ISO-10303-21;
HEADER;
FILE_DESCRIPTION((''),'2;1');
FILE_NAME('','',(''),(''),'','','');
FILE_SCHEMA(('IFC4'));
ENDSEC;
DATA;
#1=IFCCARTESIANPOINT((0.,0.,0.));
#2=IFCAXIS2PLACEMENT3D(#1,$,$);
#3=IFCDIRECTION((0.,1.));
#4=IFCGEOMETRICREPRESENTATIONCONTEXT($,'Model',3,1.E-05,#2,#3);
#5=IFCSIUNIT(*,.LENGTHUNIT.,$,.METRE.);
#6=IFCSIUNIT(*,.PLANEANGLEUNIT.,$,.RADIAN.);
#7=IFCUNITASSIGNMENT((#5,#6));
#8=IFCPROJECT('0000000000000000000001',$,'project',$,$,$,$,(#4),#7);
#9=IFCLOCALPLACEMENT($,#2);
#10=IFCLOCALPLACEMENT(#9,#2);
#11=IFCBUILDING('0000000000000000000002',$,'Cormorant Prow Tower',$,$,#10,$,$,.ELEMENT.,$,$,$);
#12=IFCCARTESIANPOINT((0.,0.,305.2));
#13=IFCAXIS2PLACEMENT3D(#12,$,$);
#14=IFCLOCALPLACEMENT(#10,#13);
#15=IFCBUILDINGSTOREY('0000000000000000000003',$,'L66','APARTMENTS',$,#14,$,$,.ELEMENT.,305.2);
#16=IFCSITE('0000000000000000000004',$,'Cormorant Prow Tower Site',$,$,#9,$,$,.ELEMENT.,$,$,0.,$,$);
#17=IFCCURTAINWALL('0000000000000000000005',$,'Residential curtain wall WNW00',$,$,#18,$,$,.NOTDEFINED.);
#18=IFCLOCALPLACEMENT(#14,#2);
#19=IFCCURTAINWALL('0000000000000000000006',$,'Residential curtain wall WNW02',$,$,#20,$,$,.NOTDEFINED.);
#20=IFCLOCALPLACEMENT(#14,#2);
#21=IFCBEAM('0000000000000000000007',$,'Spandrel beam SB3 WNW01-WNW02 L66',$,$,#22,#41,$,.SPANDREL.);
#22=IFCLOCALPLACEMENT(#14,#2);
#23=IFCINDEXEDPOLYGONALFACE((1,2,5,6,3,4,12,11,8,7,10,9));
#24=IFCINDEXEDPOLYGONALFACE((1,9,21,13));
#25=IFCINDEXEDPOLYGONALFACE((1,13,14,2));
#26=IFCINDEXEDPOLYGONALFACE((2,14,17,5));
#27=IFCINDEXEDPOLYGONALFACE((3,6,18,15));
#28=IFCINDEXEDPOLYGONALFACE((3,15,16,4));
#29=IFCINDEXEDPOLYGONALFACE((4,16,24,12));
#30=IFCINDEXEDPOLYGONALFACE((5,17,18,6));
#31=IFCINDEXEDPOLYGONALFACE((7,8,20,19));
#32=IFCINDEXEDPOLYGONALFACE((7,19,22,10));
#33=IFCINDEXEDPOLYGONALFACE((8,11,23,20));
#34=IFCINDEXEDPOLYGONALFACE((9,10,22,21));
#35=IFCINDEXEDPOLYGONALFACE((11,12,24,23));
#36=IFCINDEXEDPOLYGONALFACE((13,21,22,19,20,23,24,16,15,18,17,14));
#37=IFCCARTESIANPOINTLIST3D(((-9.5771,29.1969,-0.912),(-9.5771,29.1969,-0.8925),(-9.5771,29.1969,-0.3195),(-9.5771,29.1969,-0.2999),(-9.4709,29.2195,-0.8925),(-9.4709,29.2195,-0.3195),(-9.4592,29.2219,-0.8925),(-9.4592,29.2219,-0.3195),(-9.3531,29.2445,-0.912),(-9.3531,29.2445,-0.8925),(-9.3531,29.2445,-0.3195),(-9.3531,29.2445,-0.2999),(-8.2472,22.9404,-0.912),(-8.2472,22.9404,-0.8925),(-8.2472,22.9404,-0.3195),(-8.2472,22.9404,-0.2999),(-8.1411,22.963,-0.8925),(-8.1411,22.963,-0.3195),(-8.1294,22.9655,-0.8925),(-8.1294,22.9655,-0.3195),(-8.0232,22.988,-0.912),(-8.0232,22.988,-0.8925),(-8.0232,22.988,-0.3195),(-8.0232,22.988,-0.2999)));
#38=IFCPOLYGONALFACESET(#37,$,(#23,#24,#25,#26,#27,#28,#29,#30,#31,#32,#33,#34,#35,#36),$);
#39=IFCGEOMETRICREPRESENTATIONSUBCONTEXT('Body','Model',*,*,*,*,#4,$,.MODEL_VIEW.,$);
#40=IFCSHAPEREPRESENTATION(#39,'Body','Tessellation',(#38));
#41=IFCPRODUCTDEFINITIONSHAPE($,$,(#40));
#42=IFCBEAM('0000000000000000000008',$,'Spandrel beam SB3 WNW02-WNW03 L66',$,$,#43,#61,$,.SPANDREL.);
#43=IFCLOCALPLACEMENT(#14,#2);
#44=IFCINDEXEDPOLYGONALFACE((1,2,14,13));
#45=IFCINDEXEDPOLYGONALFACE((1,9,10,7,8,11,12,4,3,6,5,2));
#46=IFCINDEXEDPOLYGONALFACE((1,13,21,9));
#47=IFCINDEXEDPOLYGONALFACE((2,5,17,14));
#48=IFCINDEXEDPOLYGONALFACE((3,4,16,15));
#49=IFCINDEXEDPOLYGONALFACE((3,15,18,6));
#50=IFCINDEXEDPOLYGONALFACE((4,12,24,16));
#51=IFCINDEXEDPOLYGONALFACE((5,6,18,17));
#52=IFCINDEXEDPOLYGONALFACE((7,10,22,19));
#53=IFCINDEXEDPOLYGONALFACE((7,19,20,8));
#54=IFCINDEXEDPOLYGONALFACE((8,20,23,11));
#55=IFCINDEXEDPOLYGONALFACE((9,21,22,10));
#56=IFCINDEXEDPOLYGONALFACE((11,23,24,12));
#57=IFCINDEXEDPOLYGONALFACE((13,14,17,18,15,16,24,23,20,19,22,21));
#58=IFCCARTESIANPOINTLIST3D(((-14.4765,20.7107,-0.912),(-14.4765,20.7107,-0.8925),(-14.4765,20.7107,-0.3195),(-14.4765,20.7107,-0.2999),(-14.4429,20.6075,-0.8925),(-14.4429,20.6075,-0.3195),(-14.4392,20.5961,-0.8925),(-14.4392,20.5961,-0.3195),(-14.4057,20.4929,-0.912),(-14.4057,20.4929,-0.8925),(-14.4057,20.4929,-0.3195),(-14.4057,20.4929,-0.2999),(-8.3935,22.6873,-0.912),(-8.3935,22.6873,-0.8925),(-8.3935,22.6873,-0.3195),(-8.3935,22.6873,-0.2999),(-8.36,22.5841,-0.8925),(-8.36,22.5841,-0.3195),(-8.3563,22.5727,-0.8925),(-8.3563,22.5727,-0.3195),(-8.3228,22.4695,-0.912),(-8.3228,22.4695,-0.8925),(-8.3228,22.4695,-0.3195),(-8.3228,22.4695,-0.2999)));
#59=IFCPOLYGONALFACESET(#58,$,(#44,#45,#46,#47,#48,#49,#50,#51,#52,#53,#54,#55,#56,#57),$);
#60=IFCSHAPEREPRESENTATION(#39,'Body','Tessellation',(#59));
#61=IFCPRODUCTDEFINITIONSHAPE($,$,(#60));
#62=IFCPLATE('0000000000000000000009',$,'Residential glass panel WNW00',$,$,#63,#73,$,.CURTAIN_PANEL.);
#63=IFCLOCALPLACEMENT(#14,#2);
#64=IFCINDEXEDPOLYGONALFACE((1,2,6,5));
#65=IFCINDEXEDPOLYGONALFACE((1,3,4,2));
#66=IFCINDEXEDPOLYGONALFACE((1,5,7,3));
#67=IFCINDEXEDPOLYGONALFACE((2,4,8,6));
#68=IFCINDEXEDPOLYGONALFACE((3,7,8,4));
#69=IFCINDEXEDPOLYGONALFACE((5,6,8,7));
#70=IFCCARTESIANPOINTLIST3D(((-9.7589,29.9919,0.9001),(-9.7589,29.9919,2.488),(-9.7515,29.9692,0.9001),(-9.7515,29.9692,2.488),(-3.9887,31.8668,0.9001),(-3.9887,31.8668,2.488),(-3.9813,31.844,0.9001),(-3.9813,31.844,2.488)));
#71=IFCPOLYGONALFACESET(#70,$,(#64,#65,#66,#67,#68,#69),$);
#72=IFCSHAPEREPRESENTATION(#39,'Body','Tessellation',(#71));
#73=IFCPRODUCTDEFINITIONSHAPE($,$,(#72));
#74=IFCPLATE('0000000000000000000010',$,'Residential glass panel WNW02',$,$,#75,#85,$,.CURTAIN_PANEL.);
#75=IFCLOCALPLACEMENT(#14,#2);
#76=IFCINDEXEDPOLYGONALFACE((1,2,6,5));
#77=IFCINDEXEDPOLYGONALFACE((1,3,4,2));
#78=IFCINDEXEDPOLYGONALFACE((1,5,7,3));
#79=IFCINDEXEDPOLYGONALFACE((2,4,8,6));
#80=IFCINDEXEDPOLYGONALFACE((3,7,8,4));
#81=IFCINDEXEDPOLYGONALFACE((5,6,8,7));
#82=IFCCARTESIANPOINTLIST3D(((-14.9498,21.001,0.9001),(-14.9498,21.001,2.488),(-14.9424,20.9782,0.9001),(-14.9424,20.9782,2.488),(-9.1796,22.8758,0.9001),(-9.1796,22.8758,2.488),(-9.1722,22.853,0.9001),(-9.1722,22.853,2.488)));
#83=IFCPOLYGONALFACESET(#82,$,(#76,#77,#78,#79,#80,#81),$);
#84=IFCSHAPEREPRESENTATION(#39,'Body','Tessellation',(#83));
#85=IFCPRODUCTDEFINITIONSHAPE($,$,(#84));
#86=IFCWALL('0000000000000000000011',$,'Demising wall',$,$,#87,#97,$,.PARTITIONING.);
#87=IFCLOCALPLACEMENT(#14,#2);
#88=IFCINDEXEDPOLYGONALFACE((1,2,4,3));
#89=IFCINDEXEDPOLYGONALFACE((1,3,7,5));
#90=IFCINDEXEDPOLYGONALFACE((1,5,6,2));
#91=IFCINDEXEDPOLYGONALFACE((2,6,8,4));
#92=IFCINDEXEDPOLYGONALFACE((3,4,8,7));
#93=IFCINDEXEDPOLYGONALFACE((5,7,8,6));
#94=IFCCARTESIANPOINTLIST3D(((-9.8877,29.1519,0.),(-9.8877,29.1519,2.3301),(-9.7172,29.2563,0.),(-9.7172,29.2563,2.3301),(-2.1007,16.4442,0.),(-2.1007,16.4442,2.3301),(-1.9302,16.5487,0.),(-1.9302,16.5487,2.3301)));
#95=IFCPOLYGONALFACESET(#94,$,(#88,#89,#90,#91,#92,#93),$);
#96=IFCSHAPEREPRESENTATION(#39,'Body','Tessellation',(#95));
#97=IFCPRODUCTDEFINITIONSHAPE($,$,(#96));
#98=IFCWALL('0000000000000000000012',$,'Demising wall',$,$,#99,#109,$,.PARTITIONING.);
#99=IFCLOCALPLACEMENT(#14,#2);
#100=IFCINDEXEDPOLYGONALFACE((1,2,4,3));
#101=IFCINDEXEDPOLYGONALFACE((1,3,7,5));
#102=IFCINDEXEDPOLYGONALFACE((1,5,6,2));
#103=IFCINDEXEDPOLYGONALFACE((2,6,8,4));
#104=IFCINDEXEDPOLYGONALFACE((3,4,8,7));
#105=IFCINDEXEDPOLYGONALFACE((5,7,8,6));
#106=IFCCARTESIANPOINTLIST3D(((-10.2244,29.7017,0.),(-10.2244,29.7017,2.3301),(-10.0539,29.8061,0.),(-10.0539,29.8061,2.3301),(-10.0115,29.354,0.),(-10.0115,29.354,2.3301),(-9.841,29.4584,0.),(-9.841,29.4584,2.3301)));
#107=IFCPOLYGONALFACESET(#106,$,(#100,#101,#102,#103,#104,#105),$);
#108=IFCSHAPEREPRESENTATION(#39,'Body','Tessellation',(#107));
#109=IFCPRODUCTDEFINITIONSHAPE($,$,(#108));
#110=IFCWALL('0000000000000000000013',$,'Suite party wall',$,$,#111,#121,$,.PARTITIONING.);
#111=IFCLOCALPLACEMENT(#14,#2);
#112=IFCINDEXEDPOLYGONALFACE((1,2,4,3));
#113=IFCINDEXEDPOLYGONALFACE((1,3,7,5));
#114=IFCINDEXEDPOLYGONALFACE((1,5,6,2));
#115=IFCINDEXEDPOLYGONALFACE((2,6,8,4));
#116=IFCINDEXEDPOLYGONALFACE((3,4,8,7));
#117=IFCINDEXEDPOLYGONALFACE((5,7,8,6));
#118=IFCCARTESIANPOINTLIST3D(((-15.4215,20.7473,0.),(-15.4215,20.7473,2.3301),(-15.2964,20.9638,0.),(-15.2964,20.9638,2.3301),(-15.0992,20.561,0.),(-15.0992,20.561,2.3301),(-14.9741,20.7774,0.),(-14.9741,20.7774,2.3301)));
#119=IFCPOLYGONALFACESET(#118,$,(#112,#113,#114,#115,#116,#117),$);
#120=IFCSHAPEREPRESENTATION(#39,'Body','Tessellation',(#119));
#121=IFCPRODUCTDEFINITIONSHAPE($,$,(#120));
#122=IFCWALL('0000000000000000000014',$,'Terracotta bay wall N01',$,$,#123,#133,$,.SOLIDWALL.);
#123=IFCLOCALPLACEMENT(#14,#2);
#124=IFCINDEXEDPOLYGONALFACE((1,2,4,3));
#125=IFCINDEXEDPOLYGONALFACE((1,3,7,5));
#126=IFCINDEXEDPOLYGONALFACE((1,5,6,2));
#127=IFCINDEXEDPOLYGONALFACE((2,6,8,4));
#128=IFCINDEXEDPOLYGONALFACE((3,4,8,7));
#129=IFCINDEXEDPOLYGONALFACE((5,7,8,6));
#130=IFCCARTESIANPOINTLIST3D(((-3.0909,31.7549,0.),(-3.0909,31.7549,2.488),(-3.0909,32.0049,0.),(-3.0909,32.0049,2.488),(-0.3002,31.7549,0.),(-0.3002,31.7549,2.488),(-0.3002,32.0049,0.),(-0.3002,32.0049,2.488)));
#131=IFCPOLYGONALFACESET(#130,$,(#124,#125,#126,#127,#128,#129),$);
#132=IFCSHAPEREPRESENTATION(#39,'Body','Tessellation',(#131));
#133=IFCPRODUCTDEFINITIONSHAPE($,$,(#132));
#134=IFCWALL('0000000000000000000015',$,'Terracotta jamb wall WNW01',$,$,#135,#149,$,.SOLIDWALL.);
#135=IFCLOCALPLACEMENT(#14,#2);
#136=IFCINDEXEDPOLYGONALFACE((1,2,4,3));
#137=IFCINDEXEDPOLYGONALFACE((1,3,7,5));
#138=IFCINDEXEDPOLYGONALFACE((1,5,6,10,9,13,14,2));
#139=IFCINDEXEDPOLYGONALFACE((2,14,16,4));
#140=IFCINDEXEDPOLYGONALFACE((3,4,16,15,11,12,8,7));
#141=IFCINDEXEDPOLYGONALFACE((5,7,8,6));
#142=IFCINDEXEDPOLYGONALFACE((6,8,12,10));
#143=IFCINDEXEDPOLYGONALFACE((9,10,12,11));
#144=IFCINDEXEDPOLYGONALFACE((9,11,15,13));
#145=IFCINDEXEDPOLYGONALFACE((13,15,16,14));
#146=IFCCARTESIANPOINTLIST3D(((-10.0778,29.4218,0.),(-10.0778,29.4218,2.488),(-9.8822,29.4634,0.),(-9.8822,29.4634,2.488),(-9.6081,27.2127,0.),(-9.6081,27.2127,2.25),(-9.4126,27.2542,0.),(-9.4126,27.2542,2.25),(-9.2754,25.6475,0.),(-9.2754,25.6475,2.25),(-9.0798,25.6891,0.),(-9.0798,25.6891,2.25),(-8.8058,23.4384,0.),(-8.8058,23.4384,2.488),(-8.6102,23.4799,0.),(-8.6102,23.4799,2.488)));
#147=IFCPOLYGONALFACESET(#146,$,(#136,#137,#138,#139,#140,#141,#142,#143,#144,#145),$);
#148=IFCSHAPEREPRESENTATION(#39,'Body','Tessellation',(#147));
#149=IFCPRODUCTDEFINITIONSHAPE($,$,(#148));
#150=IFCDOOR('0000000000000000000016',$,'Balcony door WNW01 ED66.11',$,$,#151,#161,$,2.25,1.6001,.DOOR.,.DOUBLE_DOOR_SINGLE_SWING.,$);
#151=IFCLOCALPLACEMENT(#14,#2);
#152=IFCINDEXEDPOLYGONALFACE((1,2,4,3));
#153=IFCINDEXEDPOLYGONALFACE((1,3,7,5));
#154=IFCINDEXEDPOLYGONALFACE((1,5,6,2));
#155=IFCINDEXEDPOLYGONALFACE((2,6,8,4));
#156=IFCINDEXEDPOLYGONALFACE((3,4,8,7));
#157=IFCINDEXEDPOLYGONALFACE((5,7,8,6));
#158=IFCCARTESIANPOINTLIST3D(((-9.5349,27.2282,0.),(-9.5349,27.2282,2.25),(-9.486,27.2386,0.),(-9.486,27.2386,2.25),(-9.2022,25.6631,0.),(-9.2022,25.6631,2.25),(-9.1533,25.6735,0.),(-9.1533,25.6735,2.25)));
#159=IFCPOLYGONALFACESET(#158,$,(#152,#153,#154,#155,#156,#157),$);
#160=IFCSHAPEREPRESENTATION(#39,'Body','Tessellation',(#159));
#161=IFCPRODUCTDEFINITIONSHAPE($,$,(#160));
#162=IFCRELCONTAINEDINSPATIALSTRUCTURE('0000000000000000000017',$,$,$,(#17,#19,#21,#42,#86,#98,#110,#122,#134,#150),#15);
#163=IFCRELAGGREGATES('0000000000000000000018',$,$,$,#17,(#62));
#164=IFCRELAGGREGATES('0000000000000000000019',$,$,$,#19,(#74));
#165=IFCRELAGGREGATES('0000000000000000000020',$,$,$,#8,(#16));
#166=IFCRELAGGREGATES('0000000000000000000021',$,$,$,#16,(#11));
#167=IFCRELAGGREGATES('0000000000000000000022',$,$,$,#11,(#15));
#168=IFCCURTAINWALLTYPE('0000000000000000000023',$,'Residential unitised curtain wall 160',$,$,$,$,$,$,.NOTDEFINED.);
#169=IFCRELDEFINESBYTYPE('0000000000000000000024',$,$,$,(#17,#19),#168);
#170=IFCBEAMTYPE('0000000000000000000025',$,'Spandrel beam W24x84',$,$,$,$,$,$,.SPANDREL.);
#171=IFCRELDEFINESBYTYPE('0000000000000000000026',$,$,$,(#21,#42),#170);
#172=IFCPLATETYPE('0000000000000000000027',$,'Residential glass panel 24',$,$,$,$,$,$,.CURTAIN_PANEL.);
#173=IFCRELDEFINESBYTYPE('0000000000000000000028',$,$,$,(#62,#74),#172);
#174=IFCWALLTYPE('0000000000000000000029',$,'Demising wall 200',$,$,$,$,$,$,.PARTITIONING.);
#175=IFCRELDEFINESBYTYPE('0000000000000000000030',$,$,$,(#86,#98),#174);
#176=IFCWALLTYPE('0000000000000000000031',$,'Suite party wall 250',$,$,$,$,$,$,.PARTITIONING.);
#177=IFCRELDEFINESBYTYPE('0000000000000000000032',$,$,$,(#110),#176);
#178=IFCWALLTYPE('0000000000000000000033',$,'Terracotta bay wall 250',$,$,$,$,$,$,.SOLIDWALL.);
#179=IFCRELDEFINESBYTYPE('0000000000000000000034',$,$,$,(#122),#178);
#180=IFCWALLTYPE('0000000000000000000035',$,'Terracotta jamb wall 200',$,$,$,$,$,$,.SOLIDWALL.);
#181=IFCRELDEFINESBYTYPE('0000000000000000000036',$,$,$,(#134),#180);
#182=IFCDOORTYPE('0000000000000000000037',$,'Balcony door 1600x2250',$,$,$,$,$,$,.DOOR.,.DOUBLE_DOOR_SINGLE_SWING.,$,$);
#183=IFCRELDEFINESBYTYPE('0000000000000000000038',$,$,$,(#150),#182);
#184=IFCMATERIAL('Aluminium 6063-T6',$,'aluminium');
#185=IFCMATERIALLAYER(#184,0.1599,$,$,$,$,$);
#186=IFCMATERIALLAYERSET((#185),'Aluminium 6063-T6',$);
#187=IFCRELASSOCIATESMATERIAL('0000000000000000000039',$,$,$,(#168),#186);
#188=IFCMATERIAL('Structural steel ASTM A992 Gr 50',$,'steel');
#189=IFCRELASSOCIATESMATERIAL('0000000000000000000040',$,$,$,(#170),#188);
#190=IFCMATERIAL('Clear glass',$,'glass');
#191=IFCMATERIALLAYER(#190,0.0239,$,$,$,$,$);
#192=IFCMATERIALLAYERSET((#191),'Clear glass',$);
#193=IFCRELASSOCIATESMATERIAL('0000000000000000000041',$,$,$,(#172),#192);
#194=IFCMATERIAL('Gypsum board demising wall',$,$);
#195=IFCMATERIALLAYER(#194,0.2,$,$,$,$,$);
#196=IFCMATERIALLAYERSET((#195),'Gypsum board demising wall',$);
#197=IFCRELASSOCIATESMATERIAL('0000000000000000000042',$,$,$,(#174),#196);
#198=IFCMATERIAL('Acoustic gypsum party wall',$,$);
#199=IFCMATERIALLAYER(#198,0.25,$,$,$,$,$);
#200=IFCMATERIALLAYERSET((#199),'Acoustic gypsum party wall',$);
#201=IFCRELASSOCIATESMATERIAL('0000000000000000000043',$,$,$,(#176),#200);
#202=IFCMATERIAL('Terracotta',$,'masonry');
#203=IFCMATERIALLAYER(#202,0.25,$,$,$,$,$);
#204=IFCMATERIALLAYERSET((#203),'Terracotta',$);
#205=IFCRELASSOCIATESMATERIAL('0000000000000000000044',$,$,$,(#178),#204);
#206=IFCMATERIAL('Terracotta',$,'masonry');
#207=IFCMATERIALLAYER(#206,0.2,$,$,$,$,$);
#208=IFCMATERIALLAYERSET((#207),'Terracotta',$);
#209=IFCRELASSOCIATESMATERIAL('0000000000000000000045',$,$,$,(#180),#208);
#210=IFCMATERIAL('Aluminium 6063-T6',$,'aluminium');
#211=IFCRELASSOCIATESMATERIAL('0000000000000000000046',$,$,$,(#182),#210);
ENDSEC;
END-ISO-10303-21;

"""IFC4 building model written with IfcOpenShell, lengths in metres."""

from ifc_helpers import new_model, si_unit, direction, frame, frame_2d, origin, origin_2d, place, context, subcontext, project, spatial, rectangle, i_section, extrude, material, layer, layer_set, material_profile, profile_set, type_object, element, fill, aggregate, save


model = new_model("IFC4")

# Units and contexts
model_context = context("Model", 3, precision=1e-05, world=origin(), true_north=direction((0.0, 1.0)))
body_context = subcontext(model_context, "Body", "Model", "MODEL_VIEW")
ifc_project = project(units=[si_unit("LENGTHUNIT", "METRE"), si_unit("PLANEANGLEUNIT", "RADIAN")], contexts=[model_context])

# Site, building, storey
site_placement = place(None, origin())
site = spatial("IfcSite", under=ifc_project, at=site_placement, Name="Cormorant Prow Tower Site", CompositionType="ELEMENT", RefElevation=0.0)
building_placement = place(site_placement, origin())
building = spatial("IfcBuilding", under=site, at=building_placement, Name="Cormorant Prow Tower", CompositionType="ELEMENT")
storey_placement = place(building_placement, frame((0.0, 0.0, 305.2)))
storey = spatial("IfcBuildingStorey", under=building, at=storey_placement, Name="L66", Description="APARTMENTS", CompositionType="ELEMENT", Elevation=305.2)

# Curtain walls
ifc_material_1 = material(Name="Aluminium 6063-T6", Category="aluminium")
ifc_layer_1 = layer(ifc_material_1, 0.1599)
ifc_layer_set_1 = layer_set([ifc_layer_1], Name="Aluminium 6063-T6")
curtain_wall_type = type_object("IfcCurtainWallType", Name="Residential unitised curtain wall 160", PredefinedType="NOTDEFINED", material=ifc_layer_set_1)
curtain_wall_1_placement = place(storey_placement, origin())
curtain_wall_1 = element("IfcCurtainWall", 1, at=curtain_wall_1_placement, inside=storey, type_object=curtain_wall_type, Name="Residential curtain wall WNW00", PredefinedType="NOTDEFINED")
curtain_wall_2_placement = place(storey_placement, origin())
curtain_wall_2 = element("IfcCurtainWall", 2, at=curtain_wall_2_placement, inside=storey, type_object=curtain_wall_type, Name="Residential curtain wall WNW02", PredefinedType="NOTDEFINED")

# Beams
ifc_material_2 = material(Name="Structural steel ASTM A992 Gr 50", Category="steel")
ifc_material_profile_1 = material_profile(ifc_material_2, i_section(OverallWidth=0.229, OverallDepth=0.6121, WebThickness=0.012, FlangeThickness=0.0195, at=origin_2d()), Name="W24x84")
ifc_profile_set_1 = profile_set([ifc_material_profile_1], Name="Structural steel ASTM A992 Gr 50")
beam_type = type_object("IfcBeamType", Name="Spandrel beam W24x84", PredefinedType="SPANDREL", material=ifc_profile_set_1)
beam_1_placement = place(storey_placement, frame((-9.4651, 29.2207, -0.606), z_axis=(0.207913, -0.978147, 0.0), x_axis=(0.978147, 0.207913, 0.0)))
element("IfcBeam", 3, at=beam_1_placement, inside=storey, type_object=beam_type, Name="Spandrel beam SB3 WNW01-WNW02 L66", PredefinedType="SPANDREL", context=body_context, shape_type="SweptSolid", body=[
    extrude(i_section(OverallWidth=0.229, OverallDepth=0.6121, WebThickness=0.012, FlangeThickness=0.0195, at=origin_2d()), origin(), (0.0, 0.0, 1.0), 6.3962),
])
beam_2_placement = place(storey_placement, frame((-8.3582, 22.5784, -0.606), z_axis=(-0.951053, -0.309027, 0.0), x_axis=(0.309027, -0.951053, 0.0)))
element("IfcBeam", 4, at=beam_2_placement, inside=storey, type_object=beam_type, Name="Spandrel beam SB3 WNW02-WNW03 L66", PredefinedType="SPANDREL", context=body_context, shape_type="SweptSolid", body=[
    extrude(i_section(OverallWidth=0.229, OverallDepth=0.6121, WebThickness=0.012, FlangeThickness=0.0195, at=origin_2d()), origin(), (0.0, 0.0, 1.0), 6.396),
])

# Plates
ifc_material_3 = material(Name="Clear glass", Category="glass")
ifc_layer_2 = layer(ifc_material_3, 0.0239)
ifc_layer_set_2 = layer_set([ifc_layer_2], Name="Clear glass")
plate_type = type_object("IfcPlateType", Name="Residential glass panel 24", PredefinedType="CURTAIN_PANEL", material=ifc_layer_set_2)
plate_1_placement = place(storey_placement, frame((-6.8701, 30.918, 0.9001), z_axis=(0.0, 0.0, 1.0), x_axis=(-0.951057, -0.309017, 0.0)))
plate_1 = element("IfcPlate", 5, at=plate_1_placement, type_object=plate_type, Name="Residential glass panel WNW00", PredefinedType="CURTAIN_PANEL", context=body_context, shape_type="SweptSolid", body=[
    extrude(rectangle(XDim=6.0671, YDim=0.0239, at=origin_2d()), origin(), (0.0, 0.0, 1.0), 1.5879),
])
aggregate(curtain_wall_1, [plate_1])
plate_2_placement = place(storey_placement, frame((-12.061, 21.927, 0.9001), z_axis=(0.0, 0.0, 1.0), x_axis=(-0.951057, -0.309017, 0.0)))
plate_2 = element("IfcPlate", 6, at=plate_2_placement, type_object=plate_type, Name="Residential glass panel WNW02", PredefinedType="CURTAIN_PANEL", context=body_context, shape_type="SweptSolid", body=[
    extrude(rectangle(XDim=6.0671, YDim=0.0239, at=origin_2d()), origin(), (0.0, 0.0, 1.0), 1.5879),
])
aggregate(curtain_wall_2, [plate_2])

# Walls
ifc_material_4 = material(Name="Gypsum board demising wall")
ifc_layer_3 = layer(ifc_material_4, 0.2)
ifc_layer_set_3 = layer_set([ifc_layer_3], Name="Gypsum board demising wall")
wall_type_1 = type_object("IfcWallType", Name="Demising wall 200", PredefinedType="PARTITIONING", material=ifc_layer_set_3)
wall_1_placement = place(storey_placement, frame((-9.8025, 29.2041, 0.0), z_axis=(0.0, 0.0, 1.0), x_axis=(0.522488, -0.852647, 0.0)))
element("IfcWall", 7, at=wall_1_placement, inside=storey, type_object=wall_type_1, Name="Demising wall", PredefinedType="PARTITIONING", context=body_context, shape_type="SweptSolid", body=[
    extrude(rectangle(XDim=14.9038, YDim=0.2, at=frame_2d((7.4519, 0.0))), origin(), (0.0, 0.0, 1.0), 2.3301),
])
wall_2_placement = place(storey_placement, frame((-10.1392, 29.7539, 0.0), z_axis=(0.0, 0.0, 1.0), x_axis=(0.522225, -0.852808, 0.0)))
element("IfcWall", 8, at=wall_2_placement, inside=storey, type_object=wall_type_1, Name="Demising wall", PredefinedType="PARTITIONING", context=body_context, shape_type="SweptSolid", body=[
    extrude(rectangle(XDim=0.4077, YDim=0.2, at=frame_2d((0.2039, 0.0))), origin(), (0.0, 0.0, 1.0), 2.3301),
])
ifc_material_5 = material(Name="Acoustic gypsum party wall")
ifc_layer_4 = layer(ifc_material_5, 0.25)
ifc_layer_set_4 = layer_set([ifc_layer_4], Name="Acoustic gypsum party wall")
wall_type_2 = type_object("IfcWallType", Name="Suite party wall 250", PredefinedType="PARTITIONING", material=ifc_layer_set_4)
wall_3_placement = place(storey_placement, frame((-15.3589, 20.8555, 0.0), z_axis=(0.0, 0.0, 1.0), x_axis=(0.86577, -0.500441, 0.0)))
element("IfcWall", 9, at=wall_3_placement, inside=storey, type_object=wall_type_2, Name="Suite party wall", PredefinedType="PARTITIONING", context=body_context, shape_type="SweptSolid", body=[
    extrude(rectangle(XDim=0.3723, YDim=0.25, at=frame_2d((0.186, 0.0))), origin(), (0.0, 0.0, 1.0), 2.3301),
])
ifc_material_6 = material(Name="Terracotta", Category="masonry")
ifc_layer_5 = layer(ifc_material_6, 0.25)
ifc_layer_set_5 = layer_set([ifc_layer_5], Name="Terracotta")
wall_type_3 = type_object("IfcWallType", Name="Terracotta bay wall 250", PredefinedType="SOLIDWALL", material=ifc_layer_set_5)
wall_4_placement = place(storey_placement, frame((-0.3, 31.8799, 0.0), z_axis=(0.0, 0.0, 1.0), x_axis=(-1.0, 0.0, 0.0)))
element("IfcWall", 10, at=wall_4_placement, inside=storey, type_object=wall_type_3, Name="Terracotta bay wall N01", PredefinedType="SOLIDWALL", context=body_context, shape_type="SweptSolid", body=[
    extrude(rectangle(XDim=2.7908, YDim=0.25, at=frame_2d((1.3955, 0.0))), origin(), (0.0, 0.0, 1.0), 2.488),
])

# Wall, opening, door
ifc_material_7 = material(Name="Terracotta", Category="masonry")
ifc_layer_6 = layer(ifc_material_7, 0.2)
ifc_layer_set_6 = layer_set([ifc_layer_6], Name="Terracotta")
wall_type_4 = type_object("IfcWallType", Name="Terracotta jamb wall 200", PredefinedType="SOLIDWALL", material=ifc_layer_set_6)
wall_5_placement = place(storey_placement, frame((-9.98, 29.4426, 0.0), z_axis=(0.0, 0.0, 1.0), x_axis=(0.207937, -0.978142, 0.0)))
wall_5 = element("IfcWall", 11, at=wall_5_placement, inside=storey, type_object=wall_type_4, Name="Terracotta jamb wall WNW01", PredefinedType="SOLIDWALL", context=body_context, shape_type="SweptSolid", body=[
    extrude(rectangle(XDim=6.1172, YDim=0.2, at=frame_2d((3.0586, 0.0))), origin(), (0.0, 0.0, 1.0), 2.488),
])
opening_1_placement = place(wall_5_placement, frame((2.2585, 0.0, 0.0)))
opening_1 = element("IfcOpeningElement", 12, at=opening_1_placement, cuts=wall_5, PredefinedType="OPENING", context=body_context, shape_type="SweptSolid", body=[
    extrude(rectangle(XDim=1.6001, YDim=2.25, at=frame_2d((0.8, 1.125))), frame((0.0, 0.1099, 0.0), z_axis=(0.0, -1.0, 0.0), x_axis=(1.0, 0.0, 0.0)), (0.0, 0.0, 1.0), 0.22),
])
ifc_material_8 = material(Name="Aluminium 6063-T6", Category="aluminium")
door_type = type_object("IfcDoorType", Name="Balcony door 1600x2250", OperationType="DOUBLE_DOOR_SINGLE_SWING", PredefinedType="DOOR", material=ifc_material_8)
door_1_placement = place(opening_1_placement, origin())
door_1 = element("IfcDoor", 13, at=door_1_placement, inside=storey, type_object=door_type, Name="Balcony door WNW01 ED66.11", OperationType="DOUBLE_DOOR_SINGLE_SWING", OverallHeight=2.25, OverallWidth=1.6001, PredefinedType="DOOR", context=body_context, shape_type="SweptSolid", body=[
    extrude(rectangle(XDim=1.6001, YDim=2.25, at=frame_2d((0.8, 1.125))), frame((0.0, 0.0249, 0.0), z_axis=(0.0, -1.0, 0.0), x_axis=(1.0, 0.0, 0.0)), (0.0, 0.0, 1.0), 0.05),
])
fill(opening_1, door_1)

save(model, "model.ifc")
